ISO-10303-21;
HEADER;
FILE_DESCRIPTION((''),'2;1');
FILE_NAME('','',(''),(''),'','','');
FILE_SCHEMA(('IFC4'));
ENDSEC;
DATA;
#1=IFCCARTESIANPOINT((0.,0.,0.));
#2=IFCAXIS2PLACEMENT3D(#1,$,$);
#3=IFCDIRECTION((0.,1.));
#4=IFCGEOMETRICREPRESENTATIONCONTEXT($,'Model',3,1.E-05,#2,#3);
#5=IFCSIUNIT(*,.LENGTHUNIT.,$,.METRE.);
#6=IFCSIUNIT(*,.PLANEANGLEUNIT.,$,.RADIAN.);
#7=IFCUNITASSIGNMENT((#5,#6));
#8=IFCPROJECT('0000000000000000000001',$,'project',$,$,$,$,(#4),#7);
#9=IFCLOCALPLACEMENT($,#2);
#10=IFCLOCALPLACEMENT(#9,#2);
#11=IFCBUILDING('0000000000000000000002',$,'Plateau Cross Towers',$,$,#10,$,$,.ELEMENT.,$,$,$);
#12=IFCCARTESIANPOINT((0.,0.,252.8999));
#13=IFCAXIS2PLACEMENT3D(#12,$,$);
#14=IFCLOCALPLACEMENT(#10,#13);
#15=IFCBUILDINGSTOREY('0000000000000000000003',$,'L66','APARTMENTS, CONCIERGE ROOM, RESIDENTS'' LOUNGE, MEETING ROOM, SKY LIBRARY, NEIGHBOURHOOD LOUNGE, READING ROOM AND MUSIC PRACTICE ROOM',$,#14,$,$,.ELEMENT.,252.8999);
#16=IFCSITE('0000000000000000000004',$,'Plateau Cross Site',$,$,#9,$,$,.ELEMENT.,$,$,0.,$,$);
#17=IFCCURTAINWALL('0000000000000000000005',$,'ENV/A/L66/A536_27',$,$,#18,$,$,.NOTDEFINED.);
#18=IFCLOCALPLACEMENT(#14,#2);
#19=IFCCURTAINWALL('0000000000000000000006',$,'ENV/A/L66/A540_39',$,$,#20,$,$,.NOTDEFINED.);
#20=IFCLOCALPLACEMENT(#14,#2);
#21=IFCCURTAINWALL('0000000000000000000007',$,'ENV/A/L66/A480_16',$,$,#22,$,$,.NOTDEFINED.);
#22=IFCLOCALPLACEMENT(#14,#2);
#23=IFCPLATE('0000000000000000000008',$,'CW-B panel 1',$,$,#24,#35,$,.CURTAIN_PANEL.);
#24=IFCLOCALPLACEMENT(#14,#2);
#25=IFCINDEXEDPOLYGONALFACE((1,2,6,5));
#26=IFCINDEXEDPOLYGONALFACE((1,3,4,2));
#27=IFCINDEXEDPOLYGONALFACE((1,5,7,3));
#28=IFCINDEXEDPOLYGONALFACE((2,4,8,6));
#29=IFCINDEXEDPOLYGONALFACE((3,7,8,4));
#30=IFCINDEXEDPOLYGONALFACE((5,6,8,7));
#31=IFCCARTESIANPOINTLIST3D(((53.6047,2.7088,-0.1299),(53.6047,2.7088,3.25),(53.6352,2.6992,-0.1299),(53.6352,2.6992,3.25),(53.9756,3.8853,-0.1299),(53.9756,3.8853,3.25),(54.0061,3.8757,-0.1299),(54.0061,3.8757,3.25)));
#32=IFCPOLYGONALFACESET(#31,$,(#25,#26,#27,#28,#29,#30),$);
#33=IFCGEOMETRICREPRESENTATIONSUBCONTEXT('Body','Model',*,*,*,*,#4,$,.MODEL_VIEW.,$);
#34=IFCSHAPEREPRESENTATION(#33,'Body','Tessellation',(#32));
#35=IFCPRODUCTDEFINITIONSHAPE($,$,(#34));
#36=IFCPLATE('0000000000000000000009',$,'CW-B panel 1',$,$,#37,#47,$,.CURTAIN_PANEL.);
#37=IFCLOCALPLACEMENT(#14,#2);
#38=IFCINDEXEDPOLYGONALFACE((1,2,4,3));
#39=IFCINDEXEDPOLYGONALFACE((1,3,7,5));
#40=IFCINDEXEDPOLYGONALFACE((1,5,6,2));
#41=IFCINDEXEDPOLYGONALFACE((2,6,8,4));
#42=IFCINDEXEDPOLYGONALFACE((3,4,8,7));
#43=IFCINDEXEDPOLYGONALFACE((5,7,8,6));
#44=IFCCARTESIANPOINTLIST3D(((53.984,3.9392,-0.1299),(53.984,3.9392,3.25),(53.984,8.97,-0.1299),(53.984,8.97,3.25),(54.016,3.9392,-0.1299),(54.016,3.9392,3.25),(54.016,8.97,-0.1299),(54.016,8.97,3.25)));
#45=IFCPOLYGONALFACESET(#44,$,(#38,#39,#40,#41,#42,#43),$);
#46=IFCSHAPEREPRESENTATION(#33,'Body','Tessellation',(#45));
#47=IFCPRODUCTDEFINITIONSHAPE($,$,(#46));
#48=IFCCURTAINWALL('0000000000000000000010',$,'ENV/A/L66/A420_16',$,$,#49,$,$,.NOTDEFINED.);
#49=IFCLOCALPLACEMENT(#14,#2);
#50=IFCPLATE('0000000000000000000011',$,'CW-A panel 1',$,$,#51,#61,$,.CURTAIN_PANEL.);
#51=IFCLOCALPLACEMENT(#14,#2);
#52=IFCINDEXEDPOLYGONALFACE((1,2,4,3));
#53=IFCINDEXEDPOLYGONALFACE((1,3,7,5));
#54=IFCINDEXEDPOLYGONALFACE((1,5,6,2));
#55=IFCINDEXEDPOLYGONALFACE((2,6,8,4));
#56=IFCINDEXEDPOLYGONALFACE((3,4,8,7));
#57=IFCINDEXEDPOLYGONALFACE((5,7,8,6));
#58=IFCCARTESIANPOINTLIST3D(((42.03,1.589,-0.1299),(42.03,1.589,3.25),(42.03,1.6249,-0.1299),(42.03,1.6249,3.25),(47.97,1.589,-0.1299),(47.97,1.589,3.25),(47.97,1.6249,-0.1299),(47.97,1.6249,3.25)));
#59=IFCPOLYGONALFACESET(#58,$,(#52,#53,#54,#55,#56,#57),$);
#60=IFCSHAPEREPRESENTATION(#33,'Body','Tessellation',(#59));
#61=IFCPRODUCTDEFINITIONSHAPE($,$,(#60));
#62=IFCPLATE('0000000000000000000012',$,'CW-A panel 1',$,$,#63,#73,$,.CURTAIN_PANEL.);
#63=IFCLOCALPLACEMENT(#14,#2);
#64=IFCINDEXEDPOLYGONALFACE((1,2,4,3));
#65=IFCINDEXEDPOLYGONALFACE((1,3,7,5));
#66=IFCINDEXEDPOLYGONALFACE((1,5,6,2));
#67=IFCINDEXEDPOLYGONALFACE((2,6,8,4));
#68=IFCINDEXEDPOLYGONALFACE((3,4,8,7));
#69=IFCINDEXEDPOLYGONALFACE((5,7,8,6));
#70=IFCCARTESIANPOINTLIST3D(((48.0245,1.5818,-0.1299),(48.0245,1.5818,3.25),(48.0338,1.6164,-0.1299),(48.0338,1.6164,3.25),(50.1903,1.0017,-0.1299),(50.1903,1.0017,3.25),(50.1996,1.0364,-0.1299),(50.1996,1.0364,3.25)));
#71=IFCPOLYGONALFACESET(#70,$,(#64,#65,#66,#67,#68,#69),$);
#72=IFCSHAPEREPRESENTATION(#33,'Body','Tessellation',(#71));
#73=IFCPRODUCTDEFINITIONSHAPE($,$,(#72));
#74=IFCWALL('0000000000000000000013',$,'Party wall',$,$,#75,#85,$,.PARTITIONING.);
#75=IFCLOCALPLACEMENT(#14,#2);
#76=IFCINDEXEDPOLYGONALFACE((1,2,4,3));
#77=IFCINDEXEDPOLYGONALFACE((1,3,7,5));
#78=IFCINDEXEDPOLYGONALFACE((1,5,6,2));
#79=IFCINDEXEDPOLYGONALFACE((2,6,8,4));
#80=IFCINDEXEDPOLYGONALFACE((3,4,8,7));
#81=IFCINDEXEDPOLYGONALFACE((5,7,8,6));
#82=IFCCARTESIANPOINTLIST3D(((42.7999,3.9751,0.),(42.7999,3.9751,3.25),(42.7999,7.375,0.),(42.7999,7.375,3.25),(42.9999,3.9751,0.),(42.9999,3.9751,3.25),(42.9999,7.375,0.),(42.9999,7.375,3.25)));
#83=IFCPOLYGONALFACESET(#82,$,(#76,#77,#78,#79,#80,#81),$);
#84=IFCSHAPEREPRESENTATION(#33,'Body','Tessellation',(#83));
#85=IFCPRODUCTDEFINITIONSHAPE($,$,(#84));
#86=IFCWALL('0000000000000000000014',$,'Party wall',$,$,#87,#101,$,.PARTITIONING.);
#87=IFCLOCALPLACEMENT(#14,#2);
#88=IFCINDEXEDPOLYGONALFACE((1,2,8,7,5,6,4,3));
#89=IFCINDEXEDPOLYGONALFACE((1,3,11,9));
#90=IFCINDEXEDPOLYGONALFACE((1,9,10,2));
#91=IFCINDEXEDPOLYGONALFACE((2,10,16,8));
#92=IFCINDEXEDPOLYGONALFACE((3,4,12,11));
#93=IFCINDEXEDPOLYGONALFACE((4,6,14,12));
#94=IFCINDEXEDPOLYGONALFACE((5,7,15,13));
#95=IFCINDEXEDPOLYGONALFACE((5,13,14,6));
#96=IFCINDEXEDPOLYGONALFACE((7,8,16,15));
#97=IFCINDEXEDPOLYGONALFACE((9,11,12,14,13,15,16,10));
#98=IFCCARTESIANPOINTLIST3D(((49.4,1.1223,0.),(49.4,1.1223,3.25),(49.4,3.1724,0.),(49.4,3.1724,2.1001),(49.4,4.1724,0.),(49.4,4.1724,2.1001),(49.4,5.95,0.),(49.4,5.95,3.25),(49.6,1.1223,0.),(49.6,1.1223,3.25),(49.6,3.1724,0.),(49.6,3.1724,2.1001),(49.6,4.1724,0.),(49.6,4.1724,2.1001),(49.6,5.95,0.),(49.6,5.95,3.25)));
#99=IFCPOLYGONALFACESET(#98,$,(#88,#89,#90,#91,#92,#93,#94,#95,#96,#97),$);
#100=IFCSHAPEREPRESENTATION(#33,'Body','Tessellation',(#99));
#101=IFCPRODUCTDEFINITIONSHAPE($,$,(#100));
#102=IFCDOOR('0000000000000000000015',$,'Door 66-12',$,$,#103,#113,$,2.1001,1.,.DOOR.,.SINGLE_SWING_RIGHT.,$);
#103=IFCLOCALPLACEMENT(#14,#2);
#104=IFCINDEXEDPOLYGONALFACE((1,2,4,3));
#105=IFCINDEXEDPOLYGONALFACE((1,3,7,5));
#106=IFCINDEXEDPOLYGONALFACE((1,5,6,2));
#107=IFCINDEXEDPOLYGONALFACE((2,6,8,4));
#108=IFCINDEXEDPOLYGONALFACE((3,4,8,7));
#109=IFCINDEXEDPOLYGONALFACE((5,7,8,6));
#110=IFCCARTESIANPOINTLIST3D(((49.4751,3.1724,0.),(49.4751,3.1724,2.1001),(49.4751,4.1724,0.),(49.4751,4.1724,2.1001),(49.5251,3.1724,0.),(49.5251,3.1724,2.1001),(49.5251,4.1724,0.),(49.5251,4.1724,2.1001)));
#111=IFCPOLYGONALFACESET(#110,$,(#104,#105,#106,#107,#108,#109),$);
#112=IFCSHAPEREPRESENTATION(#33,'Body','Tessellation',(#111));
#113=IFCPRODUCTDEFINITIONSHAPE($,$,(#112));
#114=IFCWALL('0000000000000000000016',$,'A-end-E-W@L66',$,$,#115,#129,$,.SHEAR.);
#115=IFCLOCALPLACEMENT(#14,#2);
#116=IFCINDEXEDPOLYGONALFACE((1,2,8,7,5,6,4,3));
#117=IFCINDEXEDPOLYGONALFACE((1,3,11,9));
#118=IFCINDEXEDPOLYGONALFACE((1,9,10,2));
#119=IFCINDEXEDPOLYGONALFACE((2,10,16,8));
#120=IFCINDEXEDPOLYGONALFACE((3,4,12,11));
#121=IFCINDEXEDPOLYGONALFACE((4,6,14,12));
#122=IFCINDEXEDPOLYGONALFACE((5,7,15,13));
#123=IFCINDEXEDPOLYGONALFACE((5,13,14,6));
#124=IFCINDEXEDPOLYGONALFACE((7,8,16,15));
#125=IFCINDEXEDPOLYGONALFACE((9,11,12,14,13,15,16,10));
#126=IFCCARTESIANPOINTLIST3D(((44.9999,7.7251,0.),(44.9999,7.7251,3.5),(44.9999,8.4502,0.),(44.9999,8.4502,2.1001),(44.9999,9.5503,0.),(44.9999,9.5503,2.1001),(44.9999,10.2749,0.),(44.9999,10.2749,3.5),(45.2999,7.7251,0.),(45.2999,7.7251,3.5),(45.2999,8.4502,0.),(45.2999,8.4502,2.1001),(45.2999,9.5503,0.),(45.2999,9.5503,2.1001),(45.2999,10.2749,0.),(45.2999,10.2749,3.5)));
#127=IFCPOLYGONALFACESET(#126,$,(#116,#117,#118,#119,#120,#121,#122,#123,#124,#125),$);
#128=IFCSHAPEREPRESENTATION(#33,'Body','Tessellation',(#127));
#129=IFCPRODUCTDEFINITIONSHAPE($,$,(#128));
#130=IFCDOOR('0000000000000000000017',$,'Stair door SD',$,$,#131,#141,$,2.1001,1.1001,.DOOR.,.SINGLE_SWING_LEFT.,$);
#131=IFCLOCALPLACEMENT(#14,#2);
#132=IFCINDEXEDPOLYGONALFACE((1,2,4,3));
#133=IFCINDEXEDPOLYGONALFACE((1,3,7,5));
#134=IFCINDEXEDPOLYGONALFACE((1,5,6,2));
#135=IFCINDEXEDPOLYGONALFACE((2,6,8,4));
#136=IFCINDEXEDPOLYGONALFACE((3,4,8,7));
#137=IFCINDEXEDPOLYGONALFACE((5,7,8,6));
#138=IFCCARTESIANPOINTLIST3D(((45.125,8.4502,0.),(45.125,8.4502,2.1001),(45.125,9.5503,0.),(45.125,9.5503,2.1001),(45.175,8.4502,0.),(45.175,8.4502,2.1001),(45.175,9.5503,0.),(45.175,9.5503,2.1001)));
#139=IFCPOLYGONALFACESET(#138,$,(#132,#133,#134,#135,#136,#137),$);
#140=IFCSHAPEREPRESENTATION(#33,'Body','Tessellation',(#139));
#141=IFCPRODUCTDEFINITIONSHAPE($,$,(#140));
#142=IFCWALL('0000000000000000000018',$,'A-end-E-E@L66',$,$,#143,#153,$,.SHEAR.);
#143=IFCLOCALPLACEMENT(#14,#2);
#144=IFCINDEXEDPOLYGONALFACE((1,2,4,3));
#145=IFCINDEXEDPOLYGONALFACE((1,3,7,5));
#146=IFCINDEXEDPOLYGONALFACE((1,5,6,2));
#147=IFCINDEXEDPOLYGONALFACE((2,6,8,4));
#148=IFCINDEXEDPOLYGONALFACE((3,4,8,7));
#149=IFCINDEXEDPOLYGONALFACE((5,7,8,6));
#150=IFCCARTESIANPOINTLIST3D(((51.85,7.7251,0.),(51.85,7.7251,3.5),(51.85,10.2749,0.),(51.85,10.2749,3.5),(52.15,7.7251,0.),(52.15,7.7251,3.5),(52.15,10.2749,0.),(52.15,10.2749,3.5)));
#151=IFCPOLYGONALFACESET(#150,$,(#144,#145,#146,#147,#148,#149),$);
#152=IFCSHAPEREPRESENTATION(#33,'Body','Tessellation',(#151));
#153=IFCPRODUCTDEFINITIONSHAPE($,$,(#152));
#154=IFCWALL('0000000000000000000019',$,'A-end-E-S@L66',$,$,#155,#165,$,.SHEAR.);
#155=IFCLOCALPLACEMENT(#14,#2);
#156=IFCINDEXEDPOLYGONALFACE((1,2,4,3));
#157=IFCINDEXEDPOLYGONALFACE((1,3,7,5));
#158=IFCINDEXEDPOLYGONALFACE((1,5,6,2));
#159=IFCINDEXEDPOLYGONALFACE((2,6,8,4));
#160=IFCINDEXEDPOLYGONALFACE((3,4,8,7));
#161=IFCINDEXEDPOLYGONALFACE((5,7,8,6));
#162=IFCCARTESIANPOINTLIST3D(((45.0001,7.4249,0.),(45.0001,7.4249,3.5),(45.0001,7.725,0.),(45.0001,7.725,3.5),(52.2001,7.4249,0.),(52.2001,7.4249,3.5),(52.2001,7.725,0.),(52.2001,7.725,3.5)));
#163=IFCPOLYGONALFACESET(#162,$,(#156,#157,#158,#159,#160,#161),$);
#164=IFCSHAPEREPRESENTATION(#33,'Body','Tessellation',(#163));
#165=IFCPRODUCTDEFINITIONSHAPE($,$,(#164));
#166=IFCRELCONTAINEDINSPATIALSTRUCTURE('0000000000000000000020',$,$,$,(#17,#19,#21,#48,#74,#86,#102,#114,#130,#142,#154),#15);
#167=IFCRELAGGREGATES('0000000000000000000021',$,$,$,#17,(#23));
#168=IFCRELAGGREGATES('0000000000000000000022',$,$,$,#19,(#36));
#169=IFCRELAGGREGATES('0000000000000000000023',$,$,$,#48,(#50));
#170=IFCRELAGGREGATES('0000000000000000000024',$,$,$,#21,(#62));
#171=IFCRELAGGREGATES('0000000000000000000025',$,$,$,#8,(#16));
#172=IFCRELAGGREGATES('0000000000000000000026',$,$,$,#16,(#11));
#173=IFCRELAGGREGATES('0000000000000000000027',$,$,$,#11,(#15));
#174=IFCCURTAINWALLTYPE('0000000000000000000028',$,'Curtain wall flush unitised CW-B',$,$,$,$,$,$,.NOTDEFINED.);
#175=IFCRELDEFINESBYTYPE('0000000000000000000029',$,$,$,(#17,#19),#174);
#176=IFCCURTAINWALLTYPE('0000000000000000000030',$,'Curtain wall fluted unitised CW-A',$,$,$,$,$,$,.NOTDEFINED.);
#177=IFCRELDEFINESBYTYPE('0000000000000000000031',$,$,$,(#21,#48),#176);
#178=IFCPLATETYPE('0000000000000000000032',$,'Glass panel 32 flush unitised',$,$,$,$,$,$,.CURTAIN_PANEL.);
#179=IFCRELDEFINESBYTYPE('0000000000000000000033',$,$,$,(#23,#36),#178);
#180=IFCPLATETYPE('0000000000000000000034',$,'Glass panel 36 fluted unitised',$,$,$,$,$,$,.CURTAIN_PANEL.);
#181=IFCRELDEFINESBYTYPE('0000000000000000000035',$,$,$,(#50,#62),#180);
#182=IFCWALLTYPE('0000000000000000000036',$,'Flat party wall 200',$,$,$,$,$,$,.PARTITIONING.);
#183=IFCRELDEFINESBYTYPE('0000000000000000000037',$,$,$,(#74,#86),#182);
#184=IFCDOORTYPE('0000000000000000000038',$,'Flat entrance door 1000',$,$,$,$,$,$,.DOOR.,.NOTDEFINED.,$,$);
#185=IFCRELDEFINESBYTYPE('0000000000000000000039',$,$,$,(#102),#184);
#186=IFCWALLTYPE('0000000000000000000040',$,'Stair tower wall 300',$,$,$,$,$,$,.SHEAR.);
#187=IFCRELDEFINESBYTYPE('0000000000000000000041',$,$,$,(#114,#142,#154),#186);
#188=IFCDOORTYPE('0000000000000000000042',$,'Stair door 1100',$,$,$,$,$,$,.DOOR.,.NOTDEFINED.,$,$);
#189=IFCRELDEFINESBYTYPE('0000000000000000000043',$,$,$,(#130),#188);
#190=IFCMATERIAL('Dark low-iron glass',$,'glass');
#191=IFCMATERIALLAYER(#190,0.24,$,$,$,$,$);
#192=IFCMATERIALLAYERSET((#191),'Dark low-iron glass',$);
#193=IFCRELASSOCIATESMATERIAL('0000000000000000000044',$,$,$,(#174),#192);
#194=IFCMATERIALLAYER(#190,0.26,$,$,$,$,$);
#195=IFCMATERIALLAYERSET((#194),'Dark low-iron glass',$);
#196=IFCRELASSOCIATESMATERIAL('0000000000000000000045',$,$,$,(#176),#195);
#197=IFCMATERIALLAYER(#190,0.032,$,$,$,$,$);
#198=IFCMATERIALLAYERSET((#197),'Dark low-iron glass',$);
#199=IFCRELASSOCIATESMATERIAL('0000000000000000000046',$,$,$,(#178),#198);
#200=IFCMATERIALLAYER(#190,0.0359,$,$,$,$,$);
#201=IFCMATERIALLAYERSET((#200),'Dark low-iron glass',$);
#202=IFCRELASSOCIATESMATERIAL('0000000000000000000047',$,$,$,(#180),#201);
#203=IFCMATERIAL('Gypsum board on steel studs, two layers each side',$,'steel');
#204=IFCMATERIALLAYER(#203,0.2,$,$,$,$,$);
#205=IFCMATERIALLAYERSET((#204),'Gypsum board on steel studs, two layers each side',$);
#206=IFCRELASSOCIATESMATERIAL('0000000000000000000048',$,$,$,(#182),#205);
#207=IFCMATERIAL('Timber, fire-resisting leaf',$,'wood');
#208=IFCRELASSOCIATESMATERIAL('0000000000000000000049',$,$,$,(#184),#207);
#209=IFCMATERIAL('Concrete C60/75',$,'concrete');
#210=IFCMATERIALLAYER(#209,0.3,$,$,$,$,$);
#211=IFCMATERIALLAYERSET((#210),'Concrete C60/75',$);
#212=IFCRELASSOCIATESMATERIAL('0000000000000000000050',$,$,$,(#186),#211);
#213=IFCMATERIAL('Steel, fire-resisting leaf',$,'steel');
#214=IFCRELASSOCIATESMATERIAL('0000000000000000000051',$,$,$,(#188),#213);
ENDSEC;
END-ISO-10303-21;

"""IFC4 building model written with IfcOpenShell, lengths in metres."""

from ifc_helpers import new_model, si_unit, direction, frame, frame_2d, origin, origin_2d, place, context, subcontext, project, spatial, rectangle, extrude, material, layer, layer_set, type_object, element, fill, aggregate, save


model = new_model("IFC4")

# Units and contexts
model_context = context("Model", 3, precision=1e-05, world=origin(), true_north=direction((0.0, 1.0)))
body_context = subcontext(model_context, "Body", "Model", "MODEL_VIEW")
ifc_project = project(units=[si_unit("LENGTHUNIT", "METRE"), si_unit("PLANEANGLEUNIT", "RADIAN")], contexts=[model_context])

# Site, building, storey
site_placement = place(None, origin())
site = spatial("IfcSite", under=ifc_project, at=site_placement, Name="Plateau Cross Site", CompositionType="ELEMENT", RefElevation=0.0)
building_placement = place(site_placement, origin())
building = spatial("IfcBuilding", under=site, at=building_placement, Name="Plateau Cross Towers", CompositionType="ELEMENT")
storey_placement = place(building_placement, frame((0.0, 0.0, 252.8999)))
storey = spatial("IfcBuildingStorey", under=building, at=storey_placement, Name="L66", Description="APARTMENTS, CONCIERGE ROOM, RESIDENTS' LOUNGE, MEETING ROOM, SKY LIBRARY, NEIGHBOURHOOD LOUNGE, READING ROOM AND MUSIC PRACTICE ROOM", CompositionType="ELEMENT", Elevation=252.8999)

# Shared definitions
ifc_material_1 = material(Name="Concrete C60/75", Category="concrete")

# Shared definitions
ifc_material_2 = material(Name="Dark low-iron glass", Category="glass")
ifc_layer_1 = layer(ifc_material_2, 0.24)
ifc_layer_set_1 = layer_set([ifc_layer_1], Name="Dark low-iron glass")
curtain_wall_type_1 = type_object("IfcCurtainWallType", Name="Curtain wall flush unitised CW-B", PredefinedType="NOTDEFINED", material=ifc_layer_set_1)

# Curtain walls
curtain_wall_1_placement = place(storey_placement, origin())
curtain_wall_1 = element("IfcCurtainWall", 1, at=curtain_wall_1_placement, inside=storey, type_object=curtain_wall_type_1, Name="ENV/A/L66/A536_27", PredefinedType="NOTDEFINED")
curtain_wall_2_placement = place(storey_placement, origin())
curtain_wall_2 = element("IfcCurtainWall", 2, at=curtain_wall_2_placement, inside=storey, type_object=curtain_wall_type_1, Name="ENV/A/L66/A540_39", PredefinedType="NOTDEFINED")
ifc_layer_2 = layer(ifc_material_2, 0.26)
ifc_layer_set_2 = layer_set([ifc_layer_2], Name="Dark low-iron glass")
curtain_wall_type_2 = type_object("IfcCurtainWallType", Name="Curtain wall fluted unitised CW-A", PredefinedType="NOTDEFINED", material=ifc_layer_set_2)
curtain_wall_3_placement = place(storey_placement, origin())
curtain_wall_3 = element("IfcCurtainWall", 3, at=curtain_wall_3_placement, inside=storey, type_object=curtain_wall_type_2, Name="ENV/A/L66/A480_16", PredefinedType="NOTDEFINED")

# Plates
ifc_layer_3 = layer(ifc_material_2, 0.032)
ifc_layer_set_3 = layer_set([ifc_layer_3], Name="Dark low-iron glass")
plate_type_1 = type_object("IfcPlateType", Name="Glass panel 32 flush unitised", PredefinedType="CURTAIN_PANEL", material=ifc_layer_set_3)
plate_1_placement = place(storey_placement, frame((53.8054, 3.2922, -0.1299), z_axis=(0.0, 0.0, 1.0), x_axis=(0.300686, 0.953723, 0.0)))
plate_1 = element("IfcPlate", 4, at=plate_1_placement, type_object=plate_type_1, Name="CW-B panel 1", PredefinedType="CURTAIN_PANEL", context=body_context, shape_type="SweptSolid", body=[
    extrude(rectangle(XDim=1.2336, YDim=0.032, at=origin_2d()), origin(), (0.0, 0.0, 1.0), 3.3799),
])
aggregate(curtain_wall_1, [plate_1])
plate_2_placement = place(storey_placement, frame((54.0, 6.4546, -0.1299), z_axis=(0.0, 0.0, 1.0), x_axis=(0.0, 1.0, 0.0)))
plate_2 = element("IfcPlate", 5, at=plate_2_placement, type_object=plate_type_1, Name="CW-B panel 1", PredefinedType="CURTAIN_PANEL", context=body_context, shape_type="SweptSolid", body=[
    extrude(rectangle(XDim=5.0308, YDim=0.032, at=origin_2d()), origin(), (0.0, 0.0, 1.0), 3.3799),
])
aggregate(curtain_wall_2, [plate_2])

# Curtain wall, plate
curtain_wall_4_placement = place(storey_placement, origin())
curtain_wall_4 = element("IfcCurtainWall", 6, at=curtain_wall_4_placement, inside=storey, type_object=curtain_wall_type_2, Name="ENV/A/L66/A420_16", PredefinedType="NOTDEFINED")
ifc_layer_4 = layer(ifc_material_2, 0.0359)
ifc_layer_set_4 = layer_set([ifc_layer_4], Name="Dark low-iron glass")
plate_type_2 = type_object("IfcPlateType", Name="Glass panel 36 fluted unitised", PredefinedType="CURTAIN_PANEL", material=ifc_layer_set_4)
plate_3_placement = place(storey_placement, frame((45.0, 1.6069, -0.1299), z_axis=(0.0, 0.0, 1.0), x_axis=(1.0, 0.0, 0.0)))
plate_3 = element("IfcPlate", 7, at=plate_3_placement, type_object=plate_type_2, Name="CW-A panel 1", PredefinedType="CURTAIN_PANEL", context=body_context, shape_type="SweptSolid", body=[
    extrude(rectangle(XDim=5.9399, YDim=0.0359, at=origin_2d()), origin(), (0.0, 0.0, 1.0), 3.3799),
])
aggregate(curtain_wall_4, [plate_3])

# Plate
plate_4_placement = place(storey_placement, frame((49.1121, 1.3091, -0.1299), z_axis=(0.0, 0.0, 1.0), x_axis=(0.965958, -0.258699, 0.0)))
plate_4 = element("IfcPlate", 8, at=plate_4_placement, type_object=plate_type_2, Name="CW-A panel 1", PredefinedType="CURTAIN_PANEL", context=body_context, shape_type="SweptSolid", body=[
    extrude(rectangle(XDim=2.2422, YDim=0.0359, at=origin_2d()), origin(), (0.0, 0.0, 1.0), 3.3799),
])
aggregate(curtain_wall_3, [plate_4])

# Wall
ifc_material_3 = material(Name="Gypsum board on steel studs, two layers each side", Category="steel")
ifc_layer_5 = layer(ifc_material_3, 0.2)
ifc_layer_set_5 = layer_set([ifc_layer_5], Name="Gypsum board on steel studs, two layers each side")
wall_type_1 = type_object("IfcWallType", Name="Flat party wall 200", PredefinedType="PARTITIONING", material=ifc_layer_set_5)
wall_1_placement = place(storey_placement, frame((42.8999, 3.9751, 0.0), z_axis=(0.0, 0.0, 1.0), x_axis=(0.0, 1.0, 0.0)))
element("IfcWall", 9, at=wall_1_placement, inside=storey, type_object=wall_type_1, Name="Party wall", PredefinedType="PARTITIONING", context=body_context, shape_type="SweptSolid", body=[
    extrude(rectangle(XDim=3.3999, YDim=0.2, at=frame_2d((1.7, 0.0))), origin(), (0.0, 0.0, 1.0), 3.25),
])

# Walls, openings, doors
wall_2_placement = place(storey_placement, frame((49.5, 1.1223, 0.0), z_axis=(0.0, 0.0, 1.0), x_axis=(0.0, 1.0, 0.0)))
wall_2 = element("IfcWall", 10, at=wall_2_placement, inside=storey, type_object=wall_type_1, Name="Party wall", PredefinedType="PARTITIONING", context=body_context, shape_type="SweptSolid", body=[
    extrude(rectangle(XDim=4.8276, YDim=0.2, at=frame_2d((2.4138, 0.0))), origin(), (0.0, 0.0, 1.0), 3.25),
])
opening_1_placement = place(wall_2_placement, frame((2.05, 0.0, 0.0)))
opening_1 = element("IfcOpeningElement", 11, at=opening_1_placement, cuts=wall_2, PredefinedType="OPENING", context=body_context, shape_type="SweptSolid", body=[
    extrude(rectangle(XDim=1.0, YDim=2.1001, at=frame_2d((0.5, 1.05))), frame((0.0, 0.1099, 0.0), z_axis=(0.0, -1.0, 0.0), x_axis=(1.0, 0.0, 0.0)), (0.0, 0.0, 1.0), 0.22),
])
ifc_material_4 = material(Name="Timber, fire-resisting leaf", Category="wood")
door_type_1 = type_object("IfcDoorType", Name="Flat entrance door 1000", OperationType="NOTDEFINED", PredefinedType="DOOR", material=ifc_material_4)
door_1_placement = place(opening_1_placement, origin())
door_1 = element("IfcDoor", 12, at=door_1_placement, inside=storey, type_object=door_type_1, Name="Door 66-12", OperationType="SINGLE_SWING_RIGHT", OverallHeight=2.1001, OverallWidth=1.0, PredefinedType="DOOR", context=body_context, shape_type="SweptSolid", body=[
    extrude(rectangle(XDim=1.0, YDim=2.1001, at=frame_2d((0.5, 1.05))), frame((0.0, 0.0249, 0.0), z_axis=(0.0, -1.0, 0.0), x_axis=(1.0, 0.0, 0.0)), (0.0, 0.0, 1.0), 0.05),
])
fill(opening_1, door_1)
ifc_layer_6 = layer(ifc_material_1, 0.3)
ifc_layer_set_6 = layer_set([ifc_layer_6], Name="Concrete C60/75")
wall_type_2 = type_object("IfcWallType", Name="Stair tower wall 300", PredefinedType="SHEAR", material=ifc_layer_set_6)
wall_3_placement = place(storey_placement, frame((45.1499, 7.7251, 0.0), z_axis=(0.0, 0.0, 1.0), x_axis=(0.0, 1.0, 0.0)))
wall_3 = element("IfcWall", 13, at=wall_3_placement, inside=storey, type_object=wall_type_2, Name="A-end-E-W@L66", PredefinedType="SHEAR", context=body_context, shape_type="SweptSolid", body=[
    extrude(rectangle(XDim=2.5498, YDim=0.3, at=frame_2d((1.2749, 0.0))), origin(), (0.0, 0.0, 1.0), 3.5),
])
opening_2_placement = place(wall_3_placement, frame((0.7251, 0.0, 0.0)))
opening_2 = element("IfcOpeningElement", 14, at=opening_2_placement, cuts=wall_3, PredefinedType="OPENING", context=body_context, shape_type="SweptSolid", body=[
    extrude(rectangle(XDim=1.1001, YDim=2.1001, at=frame_2d((0.55, 1.05))), frame((0.0, 0.1599, 0.0), z_axis=(0.0, -1.0, 0.0), x_axis=(1.0, 0.0, 0.0)), (0.0, 0.0, 1.0), 0.3201),
])
ifc_material_5 = material(Name="Steel, fire-resisting leaf", Category="steel")
door_type_2 = type_object("IfcDoorType", Name="Stair door 1100", OperationType="NOTDEFINED", PredefinedType="DOOR", material=ifc_material_5)
door_2_placement = place(opening_2_placement, origin())
door_2 = element("IfcDoor", 15, at=door_2_placement, inside=storey, type_object=door_type_2, Name="Stair door SD", OperationType="SINGLE_SWING_LEFT", OverallHeight=2.1001, OverallWidth=1.1001, PredefinedType="DOOR", context=body_context, shape_type="SweptSolid", body=[
    extrude(rectangle(XDim=1.1001, YDim=2.1001, at=frame_2d((0.55, 1.05))), frame((0.0, 0.0249, 0.0), z_axis=(0.0, -1.0, 0.0), x_axis=(1.0, 0.0, 0.0)), (0.0, 0.0, 1.0), 0.05),
])
fill(opening_2, door_2)

# Walls
wall_4_placement = place(storey_placement, frame((52.0, 7.7251, 0.0), z_axis=(0.0, 0.0, 1.0), x_axis=(0.0, 1.0, 0.0)))
element("IfcWall", 16, at=wall_4_placement, inside=storey, type_object=wall_type_2, Name="A-end-E-E@L66", PredefinedType="SHEAR", context=body_context, shape_type="SweptSolid", body=[
    extrude(rectangle(XDim=2.5498, YDim=0.3, at=frame_2d((1.2749, 0.0))), origin(), (0.0, 0.0, 1.0), 3.5),
])
wall_5_placement = place(storey_placement, frame((45.0, 7.575, 0.0), z_axis=(0.0, 0.0, 1.0), x_axis=(1.0, 0.0, 0.0)))
element("IfcWall", 17, at=wall_5_placement, inside=storey, type_object=wall_type_2, Name="A-end-E-S@L66", PredefinedType="SHEAR", context=body_context, shape_type="SweptSolid", body=[
    extrude(rectangle(XDim=7.2, YDim=0.3, at=frame_2d((3.6001, 0.0))), origin(), (0.0, 0.0, 1.0), 3.5),
])

save(model, "model.ifc")
